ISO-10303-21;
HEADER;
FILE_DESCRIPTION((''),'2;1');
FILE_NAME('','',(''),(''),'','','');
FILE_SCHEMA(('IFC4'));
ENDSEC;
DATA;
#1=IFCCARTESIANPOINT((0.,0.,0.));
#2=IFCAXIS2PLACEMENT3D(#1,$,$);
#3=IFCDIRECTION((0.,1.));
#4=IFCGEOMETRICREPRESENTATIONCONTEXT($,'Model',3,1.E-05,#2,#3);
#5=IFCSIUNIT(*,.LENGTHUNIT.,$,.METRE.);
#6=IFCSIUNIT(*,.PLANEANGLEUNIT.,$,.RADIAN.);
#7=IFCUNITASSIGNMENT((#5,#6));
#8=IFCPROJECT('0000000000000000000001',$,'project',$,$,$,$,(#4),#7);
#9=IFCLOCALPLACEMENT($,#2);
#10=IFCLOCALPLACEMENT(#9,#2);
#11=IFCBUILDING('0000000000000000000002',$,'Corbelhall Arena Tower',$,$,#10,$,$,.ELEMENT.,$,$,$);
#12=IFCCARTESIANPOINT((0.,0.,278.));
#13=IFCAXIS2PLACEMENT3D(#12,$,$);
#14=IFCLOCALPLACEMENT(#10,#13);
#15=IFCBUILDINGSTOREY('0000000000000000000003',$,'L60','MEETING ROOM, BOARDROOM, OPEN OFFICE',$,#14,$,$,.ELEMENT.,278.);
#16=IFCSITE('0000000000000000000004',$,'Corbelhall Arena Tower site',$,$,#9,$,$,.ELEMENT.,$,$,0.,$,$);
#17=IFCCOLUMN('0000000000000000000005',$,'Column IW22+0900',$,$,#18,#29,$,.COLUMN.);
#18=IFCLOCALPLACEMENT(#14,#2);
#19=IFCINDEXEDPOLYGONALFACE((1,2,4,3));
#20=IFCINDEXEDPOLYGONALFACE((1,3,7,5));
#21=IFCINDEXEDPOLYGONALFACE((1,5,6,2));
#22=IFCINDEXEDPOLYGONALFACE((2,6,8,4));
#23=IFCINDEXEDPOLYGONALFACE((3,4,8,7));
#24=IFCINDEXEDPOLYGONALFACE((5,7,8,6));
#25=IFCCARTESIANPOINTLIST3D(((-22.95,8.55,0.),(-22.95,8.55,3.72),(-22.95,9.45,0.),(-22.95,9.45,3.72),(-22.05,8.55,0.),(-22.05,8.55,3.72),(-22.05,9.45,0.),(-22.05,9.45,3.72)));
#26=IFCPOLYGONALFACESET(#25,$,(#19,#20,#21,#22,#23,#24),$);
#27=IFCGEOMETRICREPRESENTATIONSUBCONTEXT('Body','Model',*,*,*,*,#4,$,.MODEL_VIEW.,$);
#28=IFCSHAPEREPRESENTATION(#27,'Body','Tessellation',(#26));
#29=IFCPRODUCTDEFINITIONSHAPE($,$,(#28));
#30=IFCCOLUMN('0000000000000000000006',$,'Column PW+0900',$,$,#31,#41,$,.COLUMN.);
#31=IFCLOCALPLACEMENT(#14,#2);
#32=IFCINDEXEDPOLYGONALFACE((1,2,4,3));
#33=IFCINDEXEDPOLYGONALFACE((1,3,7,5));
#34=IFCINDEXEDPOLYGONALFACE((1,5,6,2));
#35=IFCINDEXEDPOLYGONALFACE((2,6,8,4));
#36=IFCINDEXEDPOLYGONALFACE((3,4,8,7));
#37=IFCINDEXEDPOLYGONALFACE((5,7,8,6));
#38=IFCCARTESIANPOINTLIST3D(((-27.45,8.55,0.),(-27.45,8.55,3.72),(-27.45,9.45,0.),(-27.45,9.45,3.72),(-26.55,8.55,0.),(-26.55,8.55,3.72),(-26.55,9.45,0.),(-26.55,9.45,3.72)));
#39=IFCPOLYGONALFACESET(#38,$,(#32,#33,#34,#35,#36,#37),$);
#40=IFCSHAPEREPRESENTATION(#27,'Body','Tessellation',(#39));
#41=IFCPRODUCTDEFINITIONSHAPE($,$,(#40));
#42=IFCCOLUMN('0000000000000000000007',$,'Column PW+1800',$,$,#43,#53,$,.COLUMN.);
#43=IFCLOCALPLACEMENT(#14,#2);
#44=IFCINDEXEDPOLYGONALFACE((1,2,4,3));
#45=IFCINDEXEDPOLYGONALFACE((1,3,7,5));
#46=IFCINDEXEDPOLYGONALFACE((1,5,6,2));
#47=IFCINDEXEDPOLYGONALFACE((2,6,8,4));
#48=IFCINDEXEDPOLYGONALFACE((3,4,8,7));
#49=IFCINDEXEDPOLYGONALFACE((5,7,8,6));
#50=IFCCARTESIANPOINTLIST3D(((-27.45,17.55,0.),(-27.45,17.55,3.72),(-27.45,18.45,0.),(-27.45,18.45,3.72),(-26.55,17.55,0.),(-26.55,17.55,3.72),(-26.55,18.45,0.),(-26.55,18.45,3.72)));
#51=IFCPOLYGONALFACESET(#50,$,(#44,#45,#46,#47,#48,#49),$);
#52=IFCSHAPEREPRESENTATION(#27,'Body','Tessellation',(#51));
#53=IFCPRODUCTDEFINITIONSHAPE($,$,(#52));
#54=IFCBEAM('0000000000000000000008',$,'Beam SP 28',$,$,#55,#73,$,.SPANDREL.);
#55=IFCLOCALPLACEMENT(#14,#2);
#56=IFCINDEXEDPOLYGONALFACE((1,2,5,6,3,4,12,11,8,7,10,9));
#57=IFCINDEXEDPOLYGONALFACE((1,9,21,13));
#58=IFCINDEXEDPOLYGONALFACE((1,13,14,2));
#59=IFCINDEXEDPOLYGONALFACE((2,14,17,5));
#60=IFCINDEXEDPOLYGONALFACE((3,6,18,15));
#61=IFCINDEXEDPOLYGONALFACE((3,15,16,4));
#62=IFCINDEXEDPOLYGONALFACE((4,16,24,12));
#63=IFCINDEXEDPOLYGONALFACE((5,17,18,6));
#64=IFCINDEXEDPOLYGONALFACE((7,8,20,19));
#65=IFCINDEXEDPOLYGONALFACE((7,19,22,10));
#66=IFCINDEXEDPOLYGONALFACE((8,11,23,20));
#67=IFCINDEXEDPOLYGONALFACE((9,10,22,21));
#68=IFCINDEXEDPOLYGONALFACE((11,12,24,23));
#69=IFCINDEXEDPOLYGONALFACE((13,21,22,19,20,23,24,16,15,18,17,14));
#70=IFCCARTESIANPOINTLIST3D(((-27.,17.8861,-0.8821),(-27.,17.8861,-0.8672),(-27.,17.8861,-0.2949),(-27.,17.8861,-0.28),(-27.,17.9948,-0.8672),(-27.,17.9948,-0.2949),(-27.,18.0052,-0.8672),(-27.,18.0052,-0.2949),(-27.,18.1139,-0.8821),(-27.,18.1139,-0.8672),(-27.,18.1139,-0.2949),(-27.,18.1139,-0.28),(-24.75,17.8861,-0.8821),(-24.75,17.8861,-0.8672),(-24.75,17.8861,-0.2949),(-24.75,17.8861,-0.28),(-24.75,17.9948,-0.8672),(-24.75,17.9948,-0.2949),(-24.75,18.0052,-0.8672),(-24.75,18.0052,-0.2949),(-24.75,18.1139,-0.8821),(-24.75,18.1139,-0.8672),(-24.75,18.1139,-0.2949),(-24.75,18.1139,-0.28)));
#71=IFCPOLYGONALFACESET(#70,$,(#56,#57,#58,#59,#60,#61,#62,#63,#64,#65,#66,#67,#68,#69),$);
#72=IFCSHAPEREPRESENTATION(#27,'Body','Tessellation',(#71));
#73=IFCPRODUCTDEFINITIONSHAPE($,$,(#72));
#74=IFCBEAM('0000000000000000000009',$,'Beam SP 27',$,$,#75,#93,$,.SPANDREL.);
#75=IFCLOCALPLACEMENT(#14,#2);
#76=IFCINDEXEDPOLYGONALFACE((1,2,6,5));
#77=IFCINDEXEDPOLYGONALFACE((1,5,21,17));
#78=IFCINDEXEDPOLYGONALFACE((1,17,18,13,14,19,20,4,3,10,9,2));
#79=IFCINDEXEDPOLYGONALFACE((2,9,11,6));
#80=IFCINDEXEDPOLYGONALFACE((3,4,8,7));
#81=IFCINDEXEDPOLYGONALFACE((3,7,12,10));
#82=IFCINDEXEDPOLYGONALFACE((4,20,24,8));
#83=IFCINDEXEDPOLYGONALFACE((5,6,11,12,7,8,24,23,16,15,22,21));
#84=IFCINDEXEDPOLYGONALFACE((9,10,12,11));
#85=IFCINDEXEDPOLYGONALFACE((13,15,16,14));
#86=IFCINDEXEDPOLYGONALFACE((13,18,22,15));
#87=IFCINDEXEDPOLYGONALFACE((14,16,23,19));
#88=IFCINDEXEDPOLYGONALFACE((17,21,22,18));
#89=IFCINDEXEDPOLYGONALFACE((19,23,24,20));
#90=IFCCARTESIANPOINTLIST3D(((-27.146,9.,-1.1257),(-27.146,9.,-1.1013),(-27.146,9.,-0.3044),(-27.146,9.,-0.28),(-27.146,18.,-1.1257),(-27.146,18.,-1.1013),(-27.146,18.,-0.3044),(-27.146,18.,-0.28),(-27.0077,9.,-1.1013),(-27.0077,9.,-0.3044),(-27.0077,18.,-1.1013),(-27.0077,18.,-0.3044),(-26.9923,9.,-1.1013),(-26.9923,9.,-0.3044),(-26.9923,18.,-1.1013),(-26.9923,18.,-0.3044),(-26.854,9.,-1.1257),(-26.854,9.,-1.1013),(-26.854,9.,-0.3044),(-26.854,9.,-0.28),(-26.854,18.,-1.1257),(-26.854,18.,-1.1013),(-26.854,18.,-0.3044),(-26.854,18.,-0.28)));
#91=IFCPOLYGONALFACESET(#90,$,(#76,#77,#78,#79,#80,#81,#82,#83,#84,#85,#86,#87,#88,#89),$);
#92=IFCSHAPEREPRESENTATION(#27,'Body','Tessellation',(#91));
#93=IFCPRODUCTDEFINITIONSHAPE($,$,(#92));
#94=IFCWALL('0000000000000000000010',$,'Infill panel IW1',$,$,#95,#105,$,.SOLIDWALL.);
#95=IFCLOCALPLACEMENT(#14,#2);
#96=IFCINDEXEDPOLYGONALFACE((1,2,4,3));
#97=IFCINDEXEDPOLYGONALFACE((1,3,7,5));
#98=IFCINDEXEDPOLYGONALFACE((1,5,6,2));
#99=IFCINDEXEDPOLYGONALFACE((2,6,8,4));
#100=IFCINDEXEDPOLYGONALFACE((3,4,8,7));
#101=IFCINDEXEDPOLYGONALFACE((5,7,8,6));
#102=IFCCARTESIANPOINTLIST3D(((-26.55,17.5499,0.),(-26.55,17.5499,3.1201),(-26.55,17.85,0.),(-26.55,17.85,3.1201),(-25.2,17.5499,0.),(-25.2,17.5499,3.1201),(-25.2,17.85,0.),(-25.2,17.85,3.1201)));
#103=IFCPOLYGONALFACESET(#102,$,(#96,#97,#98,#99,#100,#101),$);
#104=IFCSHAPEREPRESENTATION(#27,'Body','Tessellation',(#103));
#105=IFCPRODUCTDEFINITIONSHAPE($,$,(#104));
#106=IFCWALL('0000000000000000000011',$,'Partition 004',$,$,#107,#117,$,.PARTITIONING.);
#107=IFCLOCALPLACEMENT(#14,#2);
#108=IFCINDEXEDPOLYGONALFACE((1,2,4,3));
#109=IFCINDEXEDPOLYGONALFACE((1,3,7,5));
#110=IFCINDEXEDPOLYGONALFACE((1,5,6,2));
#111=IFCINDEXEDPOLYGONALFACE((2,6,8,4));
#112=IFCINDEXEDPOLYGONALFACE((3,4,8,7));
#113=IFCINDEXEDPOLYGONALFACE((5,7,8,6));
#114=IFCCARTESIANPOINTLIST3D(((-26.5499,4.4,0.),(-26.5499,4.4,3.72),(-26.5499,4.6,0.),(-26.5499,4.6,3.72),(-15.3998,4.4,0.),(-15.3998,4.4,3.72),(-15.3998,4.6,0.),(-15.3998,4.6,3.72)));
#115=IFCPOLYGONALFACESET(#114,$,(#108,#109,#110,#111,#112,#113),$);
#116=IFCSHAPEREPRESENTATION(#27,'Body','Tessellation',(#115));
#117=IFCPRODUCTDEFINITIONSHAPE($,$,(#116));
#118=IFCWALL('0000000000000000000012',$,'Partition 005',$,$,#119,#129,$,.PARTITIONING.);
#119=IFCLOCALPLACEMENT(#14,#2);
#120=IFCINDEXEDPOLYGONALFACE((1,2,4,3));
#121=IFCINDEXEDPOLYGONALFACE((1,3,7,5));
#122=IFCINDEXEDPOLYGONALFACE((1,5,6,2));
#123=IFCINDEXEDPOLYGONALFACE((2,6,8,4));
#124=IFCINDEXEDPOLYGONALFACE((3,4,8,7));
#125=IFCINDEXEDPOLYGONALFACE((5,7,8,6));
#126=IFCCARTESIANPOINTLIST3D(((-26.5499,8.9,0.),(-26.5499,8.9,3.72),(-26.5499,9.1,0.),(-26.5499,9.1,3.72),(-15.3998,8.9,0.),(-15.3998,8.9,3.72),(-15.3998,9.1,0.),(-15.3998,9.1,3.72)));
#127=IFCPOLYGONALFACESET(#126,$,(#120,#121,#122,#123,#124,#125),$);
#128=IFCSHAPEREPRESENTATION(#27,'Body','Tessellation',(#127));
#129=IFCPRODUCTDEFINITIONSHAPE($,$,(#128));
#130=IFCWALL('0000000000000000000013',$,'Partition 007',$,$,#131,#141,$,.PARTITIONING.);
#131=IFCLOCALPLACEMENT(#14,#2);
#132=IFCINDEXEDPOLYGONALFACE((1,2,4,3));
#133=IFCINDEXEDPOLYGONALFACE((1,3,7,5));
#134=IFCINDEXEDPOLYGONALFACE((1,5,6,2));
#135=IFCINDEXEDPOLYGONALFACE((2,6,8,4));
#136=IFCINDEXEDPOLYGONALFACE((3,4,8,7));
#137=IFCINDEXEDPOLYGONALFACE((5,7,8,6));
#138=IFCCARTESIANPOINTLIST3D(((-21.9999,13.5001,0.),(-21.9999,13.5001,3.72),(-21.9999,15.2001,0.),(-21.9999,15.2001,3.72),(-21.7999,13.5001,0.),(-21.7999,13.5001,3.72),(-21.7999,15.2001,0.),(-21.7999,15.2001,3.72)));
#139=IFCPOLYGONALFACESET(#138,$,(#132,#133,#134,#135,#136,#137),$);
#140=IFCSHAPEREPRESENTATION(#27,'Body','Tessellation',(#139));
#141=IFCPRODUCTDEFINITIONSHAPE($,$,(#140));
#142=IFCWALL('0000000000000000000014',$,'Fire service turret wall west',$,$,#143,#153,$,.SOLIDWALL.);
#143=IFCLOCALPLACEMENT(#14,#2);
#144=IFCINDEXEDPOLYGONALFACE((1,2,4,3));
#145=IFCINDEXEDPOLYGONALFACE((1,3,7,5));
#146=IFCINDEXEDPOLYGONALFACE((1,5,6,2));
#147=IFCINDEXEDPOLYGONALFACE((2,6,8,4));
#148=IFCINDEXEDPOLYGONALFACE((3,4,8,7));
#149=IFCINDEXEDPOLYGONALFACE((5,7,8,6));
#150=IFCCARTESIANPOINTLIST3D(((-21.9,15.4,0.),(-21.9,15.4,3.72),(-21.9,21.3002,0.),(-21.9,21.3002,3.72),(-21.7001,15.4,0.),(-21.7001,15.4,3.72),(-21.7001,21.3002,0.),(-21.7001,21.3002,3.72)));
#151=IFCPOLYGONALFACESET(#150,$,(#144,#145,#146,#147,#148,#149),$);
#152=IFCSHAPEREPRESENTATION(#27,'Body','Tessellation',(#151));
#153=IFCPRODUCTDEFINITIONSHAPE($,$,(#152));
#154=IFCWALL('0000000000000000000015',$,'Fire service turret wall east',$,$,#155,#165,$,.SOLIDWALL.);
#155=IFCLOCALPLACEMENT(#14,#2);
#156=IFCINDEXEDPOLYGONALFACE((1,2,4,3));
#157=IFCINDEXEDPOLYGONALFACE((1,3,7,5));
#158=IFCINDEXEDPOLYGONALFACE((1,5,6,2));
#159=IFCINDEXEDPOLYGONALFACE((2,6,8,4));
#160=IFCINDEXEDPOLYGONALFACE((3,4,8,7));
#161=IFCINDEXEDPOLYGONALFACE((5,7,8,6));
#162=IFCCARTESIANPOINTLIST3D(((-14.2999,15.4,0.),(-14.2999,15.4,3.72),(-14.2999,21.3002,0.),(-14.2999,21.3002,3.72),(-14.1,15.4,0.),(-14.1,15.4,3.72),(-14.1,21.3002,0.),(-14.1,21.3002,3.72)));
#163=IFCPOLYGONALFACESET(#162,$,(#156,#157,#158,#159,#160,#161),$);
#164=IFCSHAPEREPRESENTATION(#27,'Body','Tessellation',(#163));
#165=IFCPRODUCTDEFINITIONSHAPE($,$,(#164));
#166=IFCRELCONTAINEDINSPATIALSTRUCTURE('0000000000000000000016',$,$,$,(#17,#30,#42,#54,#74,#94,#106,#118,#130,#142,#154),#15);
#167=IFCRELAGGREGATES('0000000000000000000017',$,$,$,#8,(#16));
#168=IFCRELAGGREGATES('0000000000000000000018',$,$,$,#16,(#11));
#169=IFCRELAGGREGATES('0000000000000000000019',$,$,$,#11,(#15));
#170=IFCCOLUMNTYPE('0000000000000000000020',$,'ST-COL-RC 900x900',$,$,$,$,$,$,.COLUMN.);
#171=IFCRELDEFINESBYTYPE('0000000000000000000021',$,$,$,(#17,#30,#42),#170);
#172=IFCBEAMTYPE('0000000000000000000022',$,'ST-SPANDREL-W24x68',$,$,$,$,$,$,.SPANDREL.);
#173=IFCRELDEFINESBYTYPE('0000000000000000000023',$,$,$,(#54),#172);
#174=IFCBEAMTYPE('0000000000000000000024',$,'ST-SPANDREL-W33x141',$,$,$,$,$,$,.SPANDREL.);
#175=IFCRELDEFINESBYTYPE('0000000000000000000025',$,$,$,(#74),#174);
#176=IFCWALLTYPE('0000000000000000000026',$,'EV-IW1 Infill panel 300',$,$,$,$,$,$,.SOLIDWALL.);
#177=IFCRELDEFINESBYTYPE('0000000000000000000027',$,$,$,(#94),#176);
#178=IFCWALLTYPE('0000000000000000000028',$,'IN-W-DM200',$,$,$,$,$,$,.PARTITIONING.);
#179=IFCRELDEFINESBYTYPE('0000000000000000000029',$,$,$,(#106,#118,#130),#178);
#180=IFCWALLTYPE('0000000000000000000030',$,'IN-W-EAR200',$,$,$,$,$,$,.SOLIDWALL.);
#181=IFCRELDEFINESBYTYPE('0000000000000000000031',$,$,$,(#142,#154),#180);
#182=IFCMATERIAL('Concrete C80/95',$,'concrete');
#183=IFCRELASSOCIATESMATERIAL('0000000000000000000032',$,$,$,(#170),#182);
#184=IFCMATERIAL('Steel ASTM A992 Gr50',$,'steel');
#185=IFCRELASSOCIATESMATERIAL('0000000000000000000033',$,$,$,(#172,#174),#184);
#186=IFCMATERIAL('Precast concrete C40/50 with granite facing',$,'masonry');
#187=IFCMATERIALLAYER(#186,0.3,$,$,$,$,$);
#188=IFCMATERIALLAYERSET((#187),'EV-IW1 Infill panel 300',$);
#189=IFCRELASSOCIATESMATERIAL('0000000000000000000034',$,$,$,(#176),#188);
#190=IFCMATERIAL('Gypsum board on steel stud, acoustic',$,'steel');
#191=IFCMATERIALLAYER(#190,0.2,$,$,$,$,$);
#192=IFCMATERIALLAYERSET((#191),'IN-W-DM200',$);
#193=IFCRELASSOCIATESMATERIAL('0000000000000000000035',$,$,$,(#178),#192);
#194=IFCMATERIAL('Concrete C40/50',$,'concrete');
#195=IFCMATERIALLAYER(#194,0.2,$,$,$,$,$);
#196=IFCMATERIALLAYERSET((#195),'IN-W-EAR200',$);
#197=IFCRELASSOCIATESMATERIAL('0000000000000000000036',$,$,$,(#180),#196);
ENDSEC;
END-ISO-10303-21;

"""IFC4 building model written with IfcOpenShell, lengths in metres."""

from ifc_helpers import new_model, si_unit, direction, frame, frame_2d, origin, origin_2d, place, context, subcontext, project, spatial, rectangle, i_section, extrude, material, layer, layer_set, material_profile, profile_set, type_object, element, save


model = new_model("IFC4")

# Units and contexts
model_context = context("Model", 3, precision=1e-05, world=origin(), true_north=direction((0.0, 1.0)))
body_context = subcontext(model_context, "Body", "Model", "MODEL_VIEW")
ifc_project = project(units=[si_unit("LENGTHUNIT", "METRE"), si_unit("PLANEANGLEUNIT", "RADIAN")], contexts=[model_context])

# Site, building, storey
site_placement = place(None, origin())
site = spatial("IfcSite", under=ifc_project, at=site_placement, Name="Corbelhall Arena Tower site", CompositionType="ELEMENT", RefElevation=0.0)
building_placement = place(site_placement, origin())
building = spatial("IfcBuilding", under=site, at=building_placement, Name="Corbelhall Arena Tower", CompositionType="ELEMENT")
storey_placement = place(building_placement, frame((0.0, 0.0, 278.0)))
storey = spatial("IfcBuildingStorey", under=building, at=storey_placement, Name="L60", Description="MEETING ROOM, BOARDROOM, OPEN OFFICE", CompositionType="ELEMENT", Elevation=278.0)

# Columns
ifc_material_1 = material(Name="Concrete C80/95", Category="concrete")
ifc_material_profile_1 = material_profile(ifc_material_1, rectangle(XDim=0.8999, YDim=0.8999, at=origin_2d()))
ifc_profile_set_1 = profile_set([ifc_material_profile_1], Name="Concrete C80/95")
column_type = type_object("IfcColumnType", Name="ST-COL-RC 900x900", PredefinedType="COLUMN", material=ifc_profile_set_1)
for number, where, z_axis, x_axis, name in (
    (1, (-22.5, 9.0, 0.0), (0.0, 0.0, 1.0), (1.0, 0.0, 0.0), "Column IW22+0900"),
    (2, (-27.0, 9.0, 0.0), (0.0, 0.0, 1.0), (0.0, 1.0, 0.0), "Column PW+0900"),
    (3, (-27.0, 18.0, 0.0), (0.0, 0.0, 1.0), (0.0, 1.0, 0.0), "Column PW+1800"),
):
    element("IfcColumn", number, at=place(storey_placement, frame(where, z_axis=z_axis, x_axis=x_axis)), inside=storey, type_object=column_type, Name=name, PredefinedType="COLUMN", context=body_context, shape_type="SweptSolid", body=[
        extrude(rectangle(XDim=0.8999, YDim=0.8999, at=origin_2d()), origin(), (0.0, 0.0, 1.0), 3.72),
    ])

# Beams
ifc_material_2 = material(Name="Steel ASTM A992 Gr50", Category="steel")
ifc_material_profile_2 = material_profile(ifc_material_2, i_section(OverallWidth=0.2278, OverallDepth=0.6021, WebThickness=0.0105, FlangeThickness=0.0149, at=origin_2d()))
ifc_profile_set_2 = profile_set([ifc_material_profile_2], Name="Steel ASTM A992 Gr50")
beam_type_1 = type_object("IfcBeamType", Name="ST-SPANDREL-W24x68", PredefinedType="SPANDREL", material=ifc_profile_set_2)
beam_1_placement = place(storey_placement, frame((-27.0, 18.0, -0.5811), z_axis=(1.0, 0.0, 0.0), x_axis=(0.0, 1.0, 0.0)))
element("IfcBeam", 4, at=beam_1_placement, inside=storey, type_object=beam_type_1, Name="Beam SP 28", PredefinedType="SPANDREL", context=body_context, shape_type="SweptSolid", body=[
    extrude(i_section(OverallWidth=0.2278, OverallDepth=0.6021, WebThickness=0.0105, FlangeThickness=0.0149, at=origin_2d()), origin(), (0.0, 0.0, 1.0), 2.25),
])
ifc_material_profile_3 = material_profile(ifc_material_2, i_section(OverallWidth=0.292, OverallDepth=0.8457, WebThickness=0.0154, FlangeThickness=0.0244, at=origin_2d()))
ifc_profile_set_3 = profile_set([ifc_material_profile_3], Name="Steel ASTM A992 Gr50")
beam_type_2 = type_object("IfcBeamType", Name="ST-SPANDREL-W33x141", PredefinedType="SPANDREL", material=ifc_profile_set_3)
beam_2_placement = place(storey_placement, frame((-27.0, 9.0, -0.7029), z_axis=(0.0, 1.0, 0.0), x_axis=(-1.0, 0.0, 0.0)))
element("IfcBeam", 5, at=beam_2_placement, inside=storey, type_object=beam_type_2, Name="Beam SP 27", PredefinedType="SPANDREL", context=body_context, shape_type="SweptSolid", body=[
    extrude(i_section(OverallWidth=0.292, OverallDepth=0.8457, WebThickness=0.0154, FlangeThickness=0.0244, at=origin_2d()), origin(), (0.0, 0.0, 1.0), 9.0),
])

# Wall
ifc_material_3 = material(Name="Precast concrete C40/50 with granite facing", Category="masonry")
ifc_layer_1 = layer(ifc_material_3, 0.3)
ifc_layer_set_1 = layer_set([ifc_layer_1], Name="EV-IW1 Infill panel 300")
wall_type_1 = type_object("IfcWallType", Name="EV-IW1 Infill panel 300", PredefinedType="SOLIDWALL", material=ifc_layer_set_1)
wall_1_placement = place(storey_placement, frame((-25.2, 17.7, 0.0), z_axis=(0.0, 0.0, 1.0), x_axis=(-1.0, 0.0, 0.0)))
element("IfcWall", 6, at=wall_1_placement, inside=storey, type_object=wall_type_1, Name="Infill panel IW1", PredefinedType="SOLIDWALL", context=body_context, shape_type="SweptSolid", body=[
    extrude(rectangle(XDim=1.3501, YDim=0.3, at=frame_2d((0.675, 0.0))), origin(), (0.0, 0.0, 1.0), 3.1201),
])

# Walls
ifc_material_4 = material(Name="Gypsum board on steel stud, acoustic", Category="steel")
ifc_layer_2 = layer(ifc_material_4, 0.2)
ifc_layer_set_2 = layer_set([ifc_layer_2], Name="IN-W-DM200")
wall_type_2 = type_object("IfcWallType", Name="IN-W-DM200", PredefinedType="PARTITIONING", material=ifc_layer_set_2)
for number, where, z_axis, x_axis, name in (
    (7, (-26.55, 4.5, 0.0), (0.0, 0.0, 1.0), (1.0, 0.0, 0.0), "Partition 004"),
    (8, (-26.55, 9.0, 0.0), (0.0, 0.0, 1.0), (1.0, 0.0, 0.0), "Partition 005"),
):
    element("IfcWall", number, at=place(storey_placement, frame(where, z_axis=z_axis, x_axis=x_axis)), inside=storey, type_object=wall_type_2, Name=name, PredefinedType="PARTITIONING", context=body_context, shape_type="SweptSolid", body=[
        extrude(rectangle(XDim=11.1501, YDim=0.2, at=frame_2d((5.5752, 0.0))), origin(), (0.0, 0.0, 1.0), 3.72),
    ])
wall_2_placement = place(storey_placement, frame((-21.8999, 13.5, 0.0), z_axis=(0.0, 0.0, 1.0), x_axis=(0.0, 1.0, 0.0)))
element("IfcWall", 9, at=wall_2_placement, inside=storey, type_object=wall_type_2, Name="Partition 007", PredefinedType="PARTITIONING", context=body_context, shape_type="SweptSolid", body=[
    extrude(rectangle(XDim=1.7, YDim=0.2, at=frame_2d((0.8501, 0.0))), origin(), (0.0, 0.0, 1.0), 3.72),
])

# Shared definitions
ifc_material_5 = material(Name="Concrete C40/50", Category="concrete")
ifc_layer_3 = layer(ifc_material_5, 0.2)
ifc_layer_set_3 = layer_set([ifc_layer_3], Name="IN-W-EAR200")
wall_type_3 = type_object("IfcWallType", Name="IN-W-EAR200", PredefinedType="SOLIDWALL", material=ifc_layer_set_3)

# Walls
for number, where, z_axis, x_axis, name in (
    (10, (-21.8, 15.3999, 0.0), (0.0, 0.0, 1.0), (0.0, 1.0, 0.0), "Fire service turret wall west"),
    (11, (-14.2, 15.3999, 0.0), (0.0, 0.0, 1.0), (0.0, 1.0, 0.0), "Fire service turret wall east"),
):
    element("IfcWall", number, at=place(storey_placement, frame(where, z_axis=z_axis, x_axis=x_axis)), inside=storey, type_object=wall_type_3, Name=name, PredefinedType="SOLIDWALL", context=body_context, shape_type="SweptSolid", body=[
        extrude(rectangle(XDim=5.9001, YDim=0.2, at=frame_2d((2.9502, 0.0))), origin(), (0.0, 0.0, 1.0), 3.72),
    ])

save(model, "model.ifc")
